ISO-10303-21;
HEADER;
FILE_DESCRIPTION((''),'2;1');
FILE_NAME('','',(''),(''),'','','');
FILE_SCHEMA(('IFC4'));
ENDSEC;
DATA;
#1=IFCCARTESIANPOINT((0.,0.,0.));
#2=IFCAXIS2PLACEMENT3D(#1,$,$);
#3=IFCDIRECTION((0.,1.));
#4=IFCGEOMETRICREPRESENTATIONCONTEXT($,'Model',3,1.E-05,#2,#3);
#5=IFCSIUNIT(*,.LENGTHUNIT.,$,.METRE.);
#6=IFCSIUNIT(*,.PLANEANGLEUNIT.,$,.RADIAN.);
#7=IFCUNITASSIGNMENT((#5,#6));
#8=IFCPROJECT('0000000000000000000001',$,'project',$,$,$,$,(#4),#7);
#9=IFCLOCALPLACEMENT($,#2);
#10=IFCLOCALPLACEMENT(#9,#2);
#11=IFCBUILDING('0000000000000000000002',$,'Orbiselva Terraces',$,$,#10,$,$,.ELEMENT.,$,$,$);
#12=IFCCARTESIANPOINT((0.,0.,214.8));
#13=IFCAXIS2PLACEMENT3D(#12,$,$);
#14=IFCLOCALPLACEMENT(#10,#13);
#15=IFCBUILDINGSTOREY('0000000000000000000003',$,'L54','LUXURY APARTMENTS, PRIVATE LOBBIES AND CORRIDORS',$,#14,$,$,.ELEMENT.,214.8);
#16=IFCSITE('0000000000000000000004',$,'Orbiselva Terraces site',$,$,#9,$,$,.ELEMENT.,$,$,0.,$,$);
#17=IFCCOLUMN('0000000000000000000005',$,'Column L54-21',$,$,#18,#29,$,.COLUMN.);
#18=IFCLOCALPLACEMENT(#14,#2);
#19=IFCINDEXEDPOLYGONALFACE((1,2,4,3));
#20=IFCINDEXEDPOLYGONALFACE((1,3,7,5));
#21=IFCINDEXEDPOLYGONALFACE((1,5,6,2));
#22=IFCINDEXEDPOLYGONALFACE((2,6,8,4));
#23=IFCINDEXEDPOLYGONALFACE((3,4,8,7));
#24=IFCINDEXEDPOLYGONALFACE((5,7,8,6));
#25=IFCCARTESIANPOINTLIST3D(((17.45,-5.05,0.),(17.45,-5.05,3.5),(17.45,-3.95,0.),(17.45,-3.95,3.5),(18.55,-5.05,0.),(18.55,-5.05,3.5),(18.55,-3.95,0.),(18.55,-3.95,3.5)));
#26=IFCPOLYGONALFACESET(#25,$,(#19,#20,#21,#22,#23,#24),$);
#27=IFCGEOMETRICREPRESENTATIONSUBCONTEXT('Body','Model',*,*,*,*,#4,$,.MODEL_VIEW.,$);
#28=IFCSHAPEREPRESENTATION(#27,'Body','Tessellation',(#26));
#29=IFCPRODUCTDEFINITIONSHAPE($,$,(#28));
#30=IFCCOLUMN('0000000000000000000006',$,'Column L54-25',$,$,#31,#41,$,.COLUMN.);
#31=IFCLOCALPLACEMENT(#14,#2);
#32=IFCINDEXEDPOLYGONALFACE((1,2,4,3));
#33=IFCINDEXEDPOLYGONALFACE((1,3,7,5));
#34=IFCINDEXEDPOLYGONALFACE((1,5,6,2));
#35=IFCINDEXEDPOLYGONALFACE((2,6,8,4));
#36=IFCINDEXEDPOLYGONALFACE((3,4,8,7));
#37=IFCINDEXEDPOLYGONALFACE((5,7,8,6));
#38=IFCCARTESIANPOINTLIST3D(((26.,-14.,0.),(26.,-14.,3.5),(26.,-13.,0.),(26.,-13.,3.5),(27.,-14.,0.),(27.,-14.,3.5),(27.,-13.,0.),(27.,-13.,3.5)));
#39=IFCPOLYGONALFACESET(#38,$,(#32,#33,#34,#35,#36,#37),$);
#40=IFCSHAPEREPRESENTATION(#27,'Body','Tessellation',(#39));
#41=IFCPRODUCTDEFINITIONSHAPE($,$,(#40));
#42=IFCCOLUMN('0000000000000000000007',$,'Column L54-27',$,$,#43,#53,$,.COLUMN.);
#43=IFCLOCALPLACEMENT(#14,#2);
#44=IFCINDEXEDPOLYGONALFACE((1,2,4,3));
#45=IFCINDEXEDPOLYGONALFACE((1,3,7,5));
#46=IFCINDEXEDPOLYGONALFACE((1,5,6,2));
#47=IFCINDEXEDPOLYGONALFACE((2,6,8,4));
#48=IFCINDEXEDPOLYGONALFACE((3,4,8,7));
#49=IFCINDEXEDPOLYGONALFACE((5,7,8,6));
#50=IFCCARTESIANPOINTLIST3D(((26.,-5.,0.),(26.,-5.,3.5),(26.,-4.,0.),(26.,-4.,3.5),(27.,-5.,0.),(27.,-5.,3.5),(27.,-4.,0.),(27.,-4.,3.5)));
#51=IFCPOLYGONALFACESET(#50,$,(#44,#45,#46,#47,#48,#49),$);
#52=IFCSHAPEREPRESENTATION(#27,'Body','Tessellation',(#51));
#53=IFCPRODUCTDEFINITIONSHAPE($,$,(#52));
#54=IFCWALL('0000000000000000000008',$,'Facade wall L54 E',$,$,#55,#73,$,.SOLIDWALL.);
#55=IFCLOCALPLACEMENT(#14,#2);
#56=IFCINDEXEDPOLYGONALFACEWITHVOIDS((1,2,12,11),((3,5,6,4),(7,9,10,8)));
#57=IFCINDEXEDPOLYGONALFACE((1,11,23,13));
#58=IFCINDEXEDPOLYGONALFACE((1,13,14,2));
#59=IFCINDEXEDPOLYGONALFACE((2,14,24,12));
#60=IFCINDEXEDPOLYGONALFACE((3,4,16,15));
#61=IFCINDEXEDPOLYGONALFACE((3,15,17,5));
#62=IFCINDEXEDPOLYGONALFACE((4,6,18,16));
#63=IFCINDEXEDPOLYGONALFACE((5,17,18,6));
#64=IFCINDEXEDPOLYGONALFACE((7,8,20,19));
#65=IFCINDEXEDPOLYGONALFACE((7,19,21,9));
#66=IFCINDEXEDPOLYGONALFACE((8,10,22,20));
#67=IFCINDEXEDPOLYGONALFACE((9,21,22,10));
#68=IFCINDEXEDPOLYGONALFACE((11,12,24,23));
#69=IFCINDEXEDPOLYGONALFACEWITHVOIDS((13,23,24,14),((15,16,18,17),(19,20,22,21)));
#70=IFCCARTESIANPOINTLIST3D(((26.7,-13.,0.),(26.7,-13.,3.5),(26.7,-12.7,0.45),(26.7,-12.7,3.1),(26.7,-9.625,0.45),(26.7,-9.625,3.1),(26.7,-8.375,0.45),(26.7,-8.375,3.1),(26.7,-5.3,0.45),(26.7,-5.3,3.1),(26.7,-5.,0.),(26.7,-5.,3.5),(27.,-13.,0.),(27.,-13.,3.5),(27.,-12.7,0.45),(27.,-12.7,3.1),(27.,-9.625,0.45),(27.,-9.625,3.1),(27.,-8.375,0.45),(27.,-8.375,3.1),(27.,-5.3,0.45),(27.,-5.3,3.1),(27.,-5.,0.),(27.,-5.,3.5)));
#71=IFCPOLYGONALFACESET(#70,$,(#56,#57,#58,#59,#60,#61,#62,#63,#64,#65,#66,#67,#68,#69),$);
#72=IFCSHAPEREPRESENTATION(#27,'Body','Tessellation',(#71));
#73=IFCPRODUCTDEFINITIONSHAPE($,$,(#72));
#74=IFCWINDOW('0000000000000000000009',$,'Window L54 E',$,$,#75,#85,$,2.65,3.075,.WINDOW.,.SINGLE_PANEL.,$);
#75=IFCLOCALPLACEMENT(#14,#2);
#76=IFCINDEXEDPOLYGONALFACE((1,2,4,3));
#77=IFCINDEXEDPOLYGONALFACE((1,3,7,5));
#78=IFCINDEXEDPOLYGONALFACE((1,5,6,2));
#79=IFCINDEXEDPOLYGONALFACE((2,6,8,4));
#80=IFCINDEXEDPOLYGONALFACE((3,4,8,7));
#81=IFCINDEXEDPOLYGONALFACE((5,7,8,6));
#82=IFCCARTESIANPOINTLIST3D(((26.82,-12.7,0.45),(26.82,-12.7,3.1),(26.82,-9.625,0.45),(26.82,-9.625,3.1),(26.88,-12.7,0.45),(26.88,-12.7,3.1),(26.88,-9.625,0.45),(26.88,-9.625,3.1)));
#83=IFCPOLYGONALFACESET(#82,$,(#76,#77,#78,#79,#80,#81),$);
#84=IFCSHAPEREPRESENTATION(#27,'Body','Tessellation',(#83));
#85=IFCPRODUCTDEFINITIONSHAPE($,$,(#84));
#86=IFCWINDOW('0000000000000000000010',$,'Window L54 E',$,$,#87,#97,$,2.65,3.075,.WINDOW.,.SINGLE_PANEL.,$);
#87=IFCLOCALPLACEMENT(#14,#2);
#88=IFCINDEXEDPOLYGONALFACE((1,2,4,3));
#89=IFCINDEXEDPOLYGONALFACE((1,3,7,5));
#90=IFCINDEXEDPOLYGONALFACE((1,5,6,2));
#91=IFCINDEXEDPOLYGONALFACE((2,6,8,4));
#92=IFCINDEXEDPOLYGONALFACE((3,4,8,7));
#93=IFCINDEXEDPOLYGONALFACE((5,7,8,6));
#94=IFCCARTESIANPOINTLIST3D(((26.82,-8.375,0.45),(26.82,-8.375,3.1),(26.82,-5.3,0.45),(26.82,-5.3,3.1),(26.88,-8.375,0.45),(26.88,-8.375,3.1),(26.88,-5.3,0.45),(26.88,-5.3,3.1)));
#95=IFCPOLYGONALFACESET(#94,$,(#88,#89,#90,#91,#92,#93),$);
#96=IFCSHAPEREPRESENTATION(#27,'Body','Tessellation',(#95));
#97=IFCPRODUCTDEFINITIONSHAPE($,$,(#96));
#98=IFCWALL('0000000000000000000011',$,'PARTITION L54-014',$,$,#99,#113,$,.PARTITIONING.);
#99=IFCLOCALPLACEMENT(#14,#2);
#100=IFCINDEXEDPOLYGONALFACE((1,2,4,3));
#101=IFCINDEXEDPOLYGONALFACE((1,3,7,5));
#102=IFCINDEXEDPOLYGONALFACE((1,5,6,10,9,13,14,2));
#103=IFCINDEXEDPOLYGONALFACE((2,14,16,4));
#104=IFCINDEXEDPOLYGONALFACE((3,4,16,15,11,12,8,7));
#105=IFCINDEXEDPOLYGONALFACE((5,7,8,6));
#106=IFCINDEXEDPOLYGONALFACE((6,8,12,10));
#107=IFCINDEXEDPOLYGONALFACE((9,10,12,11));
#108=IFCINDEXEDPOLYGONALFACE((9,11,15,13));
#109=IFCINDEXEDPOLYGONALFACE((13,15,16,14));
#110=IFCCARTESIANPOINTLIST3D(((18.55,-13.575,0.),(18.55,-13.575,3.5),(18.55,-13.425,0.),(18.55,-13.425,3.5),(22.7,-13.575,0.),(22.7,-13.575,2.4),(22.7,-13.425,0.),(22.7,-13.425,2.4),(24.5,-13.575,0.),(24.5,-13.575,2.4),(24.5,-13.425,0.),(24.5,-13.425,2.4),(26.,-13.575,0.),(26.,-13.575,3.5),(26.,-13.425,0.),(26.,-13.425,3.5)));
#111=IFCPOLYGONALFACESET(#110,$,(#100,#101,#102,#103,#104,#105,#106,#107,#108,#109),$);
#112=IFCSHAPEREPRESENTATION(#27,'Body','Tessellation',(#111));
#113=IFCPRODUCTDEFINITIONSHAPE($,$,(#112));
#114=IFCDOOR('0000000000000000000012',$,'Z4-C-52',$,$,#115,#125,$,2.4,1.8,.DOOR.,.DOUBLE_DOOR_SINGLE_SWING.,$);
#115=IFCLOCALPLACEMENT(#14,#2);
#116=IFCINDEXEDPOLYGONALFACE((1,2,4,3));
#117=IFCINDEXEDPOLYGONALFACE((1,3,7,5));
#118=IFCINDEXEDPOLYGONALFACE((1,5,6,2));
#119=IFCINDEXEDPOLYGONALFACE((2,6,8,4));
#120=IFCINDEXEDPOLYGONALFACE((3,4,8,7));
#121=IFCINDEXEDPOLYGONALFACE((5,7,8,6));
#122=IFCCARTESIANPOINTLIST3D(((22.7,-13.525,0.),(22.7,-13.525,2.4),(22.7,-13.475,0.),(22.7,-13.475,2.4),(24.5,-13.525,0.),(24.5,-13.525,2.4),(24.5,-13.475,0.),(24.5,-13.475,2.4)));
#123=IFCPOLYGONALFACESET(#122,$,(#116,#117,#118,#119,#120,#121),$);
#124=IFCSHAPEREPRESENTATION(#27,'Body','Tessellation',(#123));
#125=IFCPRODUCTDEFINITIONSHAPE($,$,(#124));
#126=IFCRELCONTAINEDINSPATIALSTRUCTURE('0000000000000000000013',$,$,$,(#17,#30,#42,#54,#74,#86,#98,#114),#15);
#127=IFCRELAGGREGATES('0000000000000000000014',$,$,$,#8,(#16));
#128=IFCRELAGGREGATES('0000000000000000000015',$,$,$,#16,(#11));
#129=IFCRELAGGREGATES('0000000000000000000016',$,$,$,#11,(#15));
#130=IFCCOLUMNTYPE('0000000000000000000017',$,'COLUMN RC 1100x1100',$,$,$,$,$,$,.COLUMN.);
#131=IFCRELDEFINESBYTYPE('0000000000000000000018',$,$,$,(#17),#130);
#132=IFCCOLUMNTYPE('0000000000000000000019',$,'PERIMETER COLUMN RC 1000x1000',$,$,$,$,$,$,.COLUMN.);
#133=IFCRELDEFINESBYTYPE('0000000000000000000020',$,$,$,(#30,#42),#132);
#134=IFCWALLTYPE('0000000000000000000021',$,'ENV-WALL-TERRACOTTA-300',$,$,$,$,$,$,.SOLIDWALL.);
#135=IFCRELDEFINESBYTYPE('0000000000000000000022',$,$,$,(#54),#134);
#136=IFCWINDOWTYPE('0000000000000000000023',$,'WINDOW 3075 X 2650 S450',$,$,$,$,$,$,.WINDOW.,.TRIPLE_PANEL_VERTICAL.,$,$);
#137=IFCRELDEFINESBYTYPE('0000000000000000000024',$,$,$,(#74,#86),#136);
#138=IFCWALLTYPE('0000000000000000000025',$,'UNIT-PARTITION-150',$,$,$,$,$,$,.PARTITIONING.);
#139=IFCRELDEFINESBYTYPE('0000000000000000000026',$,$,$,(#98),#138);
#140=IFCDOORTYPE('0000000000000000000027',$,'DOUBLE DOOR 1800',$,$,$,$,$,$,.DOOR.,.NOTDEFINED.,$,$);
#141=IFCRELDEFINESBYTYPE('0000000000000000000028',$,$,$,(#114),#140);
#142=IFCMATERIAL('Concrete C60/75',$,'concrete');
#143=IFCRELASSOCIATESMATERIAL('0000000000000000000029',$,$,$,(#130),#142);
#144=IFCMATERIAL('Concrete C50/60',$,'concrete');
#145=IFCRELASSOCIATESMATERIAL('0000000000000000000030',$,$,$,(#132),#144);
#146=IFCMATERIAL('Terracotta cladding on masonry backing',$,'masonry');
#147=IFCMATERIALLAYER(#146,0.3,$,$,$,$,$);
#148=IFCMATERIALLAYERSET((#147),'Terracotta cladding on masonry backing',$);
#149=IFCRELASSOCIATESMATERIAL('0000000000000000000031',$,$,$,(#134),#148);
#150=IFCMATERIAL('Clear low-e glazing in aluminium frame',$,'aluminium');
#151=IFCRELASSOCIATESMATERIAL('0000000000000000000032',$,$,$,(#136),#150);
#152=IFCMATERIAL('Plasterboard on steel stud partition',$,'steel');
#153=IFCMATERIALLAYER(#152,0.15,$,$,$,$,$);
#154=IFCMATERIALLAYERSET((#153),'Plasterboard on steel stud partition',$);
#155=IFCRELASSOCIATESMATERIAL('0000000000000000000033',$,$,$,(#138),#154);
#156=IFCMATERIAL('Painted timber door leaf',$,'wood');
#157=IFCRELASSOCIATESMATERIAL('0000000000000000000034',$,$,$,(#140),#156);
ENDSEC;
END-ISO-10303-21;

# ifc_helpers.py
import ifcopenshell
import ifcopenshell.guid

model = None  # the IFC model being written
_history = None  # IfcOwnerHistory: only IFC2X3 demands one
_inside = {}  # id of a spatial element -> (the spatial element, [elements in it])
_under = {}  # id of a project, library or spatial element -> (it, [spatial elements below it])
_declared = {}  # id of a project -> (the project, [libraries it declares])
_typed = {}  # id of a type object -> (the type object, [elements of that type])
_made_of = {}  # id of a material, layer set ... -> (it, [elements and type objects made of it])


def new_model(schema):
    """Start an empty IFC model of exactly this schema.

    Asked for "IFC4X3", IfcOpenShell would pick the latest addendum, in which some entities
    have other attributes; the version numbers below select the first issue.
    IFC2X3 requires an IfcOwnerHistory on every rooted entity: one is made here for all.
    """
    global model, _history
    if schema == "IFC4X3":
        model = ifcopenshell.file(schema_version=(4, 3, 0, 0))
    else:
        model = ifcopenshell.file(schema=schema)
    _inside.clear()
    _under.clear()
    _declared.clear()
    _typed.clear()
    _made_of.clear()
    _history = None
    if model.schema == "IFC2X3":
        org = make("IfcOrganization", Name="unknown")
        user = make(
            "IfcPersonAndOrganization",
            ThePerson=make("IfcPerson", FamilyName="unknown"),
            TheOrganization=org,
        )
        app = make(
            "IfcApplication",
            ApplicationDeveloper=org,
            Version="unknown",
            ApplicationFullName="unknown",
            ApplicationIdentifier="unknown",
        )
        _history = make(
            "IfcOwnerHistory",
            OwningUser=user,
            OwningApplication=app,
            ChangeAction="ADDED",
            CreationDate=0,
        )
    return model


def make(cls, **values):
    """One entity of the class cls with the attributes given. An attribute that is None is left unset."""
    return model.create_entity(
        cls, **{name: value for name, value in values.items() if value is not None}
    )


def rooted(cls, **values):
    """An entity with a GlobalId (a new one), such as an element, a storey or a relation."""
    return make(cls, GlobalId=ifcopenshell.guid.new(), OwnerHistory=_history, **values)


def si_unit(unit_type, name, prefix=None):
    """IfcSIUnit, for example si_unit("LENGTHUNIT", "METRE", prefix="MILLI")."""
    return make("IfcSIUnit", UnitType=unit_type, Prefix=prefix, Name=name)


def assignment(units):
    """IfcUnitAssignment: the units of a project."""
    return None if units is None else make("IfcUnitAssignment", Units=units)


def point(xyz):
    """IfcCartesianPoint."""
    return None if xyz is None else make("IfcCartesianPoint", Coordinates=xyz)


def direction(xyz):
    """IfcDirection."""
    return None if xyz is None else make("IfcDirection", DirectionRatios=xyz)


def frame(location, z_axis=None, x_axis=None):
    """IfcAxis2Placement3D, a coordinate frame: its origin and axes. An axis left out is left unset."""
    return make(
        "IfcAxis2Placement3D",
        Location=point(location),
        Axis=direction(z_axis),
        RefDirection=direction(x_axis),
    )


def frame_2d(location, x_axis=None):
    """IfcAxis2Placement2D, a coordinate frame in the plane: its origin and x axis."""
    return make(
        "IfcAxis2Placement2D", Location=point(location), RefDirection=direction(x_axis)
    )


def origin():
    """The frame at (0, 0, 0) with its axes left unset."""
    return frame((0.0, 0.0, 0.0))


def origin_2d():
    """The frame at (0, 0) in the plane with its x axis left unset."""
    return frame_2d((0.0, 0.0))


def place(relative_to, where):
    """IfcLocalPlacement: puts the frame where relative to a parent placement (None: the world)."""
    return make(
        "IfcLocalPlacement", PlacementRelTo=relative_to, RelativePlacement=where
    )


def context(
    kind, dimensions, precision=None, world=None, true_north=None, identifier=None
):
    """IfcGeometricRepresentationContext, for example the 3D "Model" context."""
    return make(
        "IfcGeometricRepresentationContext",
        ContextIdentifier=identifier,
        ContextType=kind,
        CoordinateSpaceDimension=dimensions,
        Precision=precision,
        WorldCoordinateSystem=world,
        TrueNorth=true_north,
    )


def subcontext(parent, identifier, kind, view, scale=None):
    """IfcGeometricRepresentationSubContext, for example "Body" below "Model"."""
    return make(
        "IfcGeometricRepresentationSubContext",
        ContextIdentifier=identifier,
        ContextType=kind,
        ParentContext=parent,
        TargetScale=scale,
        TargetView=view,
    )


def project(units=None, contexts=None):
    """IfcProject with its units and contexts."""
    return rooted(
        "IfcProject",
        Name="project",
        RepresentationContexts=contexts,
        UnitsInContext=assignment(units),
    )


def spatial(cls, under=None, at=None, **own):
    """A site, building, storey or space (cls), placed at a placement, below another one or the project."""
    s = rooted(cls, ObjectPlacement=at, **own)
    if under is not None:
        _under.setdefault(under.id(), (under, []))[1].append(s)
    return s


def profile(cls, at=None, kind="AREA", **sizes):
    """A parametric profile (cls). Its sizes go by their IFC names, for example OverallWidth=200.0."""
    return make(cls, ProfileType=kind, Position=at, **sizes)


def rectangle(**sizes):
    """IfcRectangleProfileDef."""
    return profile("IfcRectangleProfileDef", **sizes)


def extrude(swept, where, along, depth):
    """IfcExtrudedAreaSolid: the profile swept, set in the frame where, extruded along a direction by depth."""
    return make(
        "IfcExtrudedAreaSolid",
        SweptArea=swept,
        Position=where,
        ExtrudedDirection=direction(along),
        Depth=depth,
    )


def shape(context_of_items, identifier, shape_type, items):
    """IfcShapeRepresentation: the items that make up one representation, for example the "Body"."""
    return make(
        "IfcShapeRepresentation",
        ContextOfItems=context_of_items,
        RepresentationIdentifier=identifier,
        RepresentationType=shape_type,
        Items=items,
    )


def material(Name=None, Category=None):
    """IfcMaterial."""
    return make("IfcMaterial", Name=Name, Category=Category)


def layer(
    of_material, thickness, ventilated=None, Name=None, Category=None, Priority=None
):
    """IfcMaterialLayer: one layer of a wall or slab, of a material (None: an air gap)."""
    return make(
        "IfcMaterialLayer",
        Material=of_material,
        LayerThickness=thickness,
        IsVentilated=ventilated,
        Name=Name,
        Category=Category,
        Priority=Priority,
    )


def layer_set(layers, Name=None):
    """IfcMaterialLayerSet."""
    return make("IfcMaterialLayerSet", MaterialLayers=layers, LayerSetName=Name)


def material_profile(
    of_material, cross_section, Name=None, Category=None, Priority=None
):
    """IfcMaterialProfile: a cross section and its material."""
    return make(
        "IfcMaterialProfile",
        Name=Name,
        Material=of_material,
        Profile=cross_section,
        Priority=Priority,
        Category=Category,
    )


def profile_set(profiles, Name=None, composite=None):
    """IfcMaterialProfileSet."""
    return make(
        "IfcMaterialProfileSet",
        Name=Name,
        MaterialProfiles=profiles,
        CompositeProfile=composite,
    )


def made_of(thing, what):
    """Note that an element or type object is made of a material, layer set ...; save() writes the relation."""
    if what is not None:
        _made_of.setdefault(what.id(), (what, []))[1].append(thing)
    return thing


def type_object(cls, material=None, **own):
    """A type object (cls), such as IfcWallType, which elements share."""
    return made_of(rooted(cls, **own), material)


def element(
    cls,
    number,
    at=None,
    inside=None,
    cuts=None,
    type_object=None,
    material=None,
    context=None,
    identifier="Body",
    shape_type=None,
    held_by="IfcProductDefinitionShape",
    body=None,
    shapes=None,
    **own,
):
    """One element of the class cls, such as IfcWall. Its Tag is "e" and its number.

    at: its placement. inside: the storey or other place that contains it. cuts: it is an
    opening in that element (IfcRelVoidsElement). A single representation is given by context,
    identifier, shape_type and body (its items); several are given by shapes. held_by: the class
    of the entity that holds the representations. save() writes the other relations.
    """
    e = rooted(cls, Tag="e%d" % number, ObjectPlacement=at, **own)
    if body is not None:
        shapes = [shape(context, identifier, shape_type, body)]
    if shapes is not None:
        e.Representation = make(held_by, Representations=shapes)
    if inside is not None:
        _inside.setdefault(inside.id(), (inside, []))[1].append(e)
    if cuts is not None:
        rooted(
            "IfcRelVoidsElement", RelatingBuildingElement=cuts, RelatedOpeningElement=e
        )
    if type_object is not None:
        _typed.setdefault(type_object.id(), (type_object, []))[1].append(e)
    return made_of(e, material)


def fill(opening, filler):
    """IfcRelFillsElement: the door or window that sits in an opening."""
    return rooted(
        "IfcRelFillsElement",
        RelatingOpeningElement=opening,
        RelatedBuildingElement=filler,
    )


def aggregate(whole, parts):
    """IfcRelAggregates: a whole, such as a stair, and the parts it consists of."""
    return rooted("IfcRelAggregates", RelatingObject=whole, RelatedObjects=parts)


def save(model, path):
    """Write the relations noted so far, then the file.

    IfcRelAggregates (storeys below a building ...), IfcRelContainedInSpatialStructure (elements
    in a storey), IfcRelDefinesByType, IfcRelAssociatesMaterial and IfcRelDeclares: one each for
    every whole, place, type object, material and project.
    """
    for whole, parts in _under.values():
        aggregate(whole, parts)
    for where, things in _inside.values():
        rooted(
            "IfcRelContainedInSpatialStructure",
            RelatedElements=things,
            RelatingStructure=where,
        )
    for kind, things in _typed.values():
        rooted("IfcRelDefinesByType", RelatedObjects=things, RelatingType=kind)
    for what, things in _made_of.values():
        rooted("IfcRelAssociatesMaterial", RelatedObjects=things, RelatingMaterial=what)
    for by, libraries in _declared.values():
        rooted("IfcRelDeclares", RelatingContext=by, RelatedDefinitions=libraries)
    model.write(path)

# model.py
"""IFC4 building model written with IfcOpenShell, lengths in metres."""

from ifc_helpers import new_model, si_unit, direction, frame, frame_2d, origin, origin_2d, place, context, subcontext, project, spatial, rectangle, extrude, material, layer, layer_set, material_profile, profile_set, type_object, element, fill, save


model = new_model("IFC4")

# Units and contexts
model_context = context("Model", 3, precision=1e-05, world=origin(), true_north=direction((0.0, 1.0)))
body_context = subcontext(model_context, "Body", "Model", "MODEL_VIEW")
ifc_project = project(units=[si_unit("LENGTHUNIT", "METRE"), si_unit("PLANEANGLEUNIT", "RADIAN")], contexts=[model_context])

# Site, building, storey
site_placement = place(None, origin())
site = spatial("IfcSite", under=ifc_project, at=site_placement, Name="Orbiselva Terraces site", CompositionType="ELEMENT", RefElevation=0.0)
building_placement = place(site_placement, origin())
building = spatial("IfcBuilding", under=site, at=building_placement, Name="Orbiselva Terraces", CompositionType="ELEMENT")
storey_placement = place(building_placement, frame((0.0, 0.0, 214.8)))
storey = spatial("IfcBuildingStorey", under=building, at=storey_placement, Name="L54", Description="LUXURY APARTMENTS, PRIVATE LOBBIES AND CORRIDORS", CompositionType="ELEMENT", Elevation=214.8)

# Columns
ifc_material_1 = material(Name="Concrete C60/75", Category="concrete")
ifc_material_profile_1 = material_profile(ifc_material_1, rectangle(XDim=1.1, YDim=1.1, at=origin_2d()), Name="RC 1100x1100")
ifc_profile_set_1 = profile_set([ifc_material_profile_1], Name="Concrete C60/75")
column_type_1 = type_object("IfcColumnType", Name="COLUMN RC 1100x1100", PredefinedType="COLUMN", material=ifc_profile_set_1)
column_placement = place(storey_placement, frame((18.0, -4.5, 0.0), z_axis=(0.0, 0.0, 1.0), x_axis=(1.0, 0.0, 0.0)))
element("IfcColumn", 1, at=column_placement, inside=storey, type_object=column_type_1, Name="Column L54-21", PredefinedType="COLUMN", context=body_context, shape_type="SweptSolid", body=[
    extrude(rectangle(XDim=1.1, YDim=1.1, at=origin_2d()), origin(), (0.0, 0.0, 1.0), 3.5),
])
ifc_material_2 = material(Name="Concrete C50/60", Category="concrete")
ifc_material_profile_2 = material_profile(ifc_material_2, rectangle(XDim=1.0, YDim=1.0, at=origin_2d()), Name="RC 1000x1000")
ifc_profile_set_2 = profile_set([ifc_material_profile_2], Name="Concrete C50/60")
column_type_2 = type_object("IfcColumnType", Name="PERIMETER COLUMN RC 1000x1000", PredefinedType="COLUMN", material=ifc_profile_set_2)
for number, where, z_axis, x_axis, name in (
    (2, (26.5, -13.5, 0.0), (0.0, 0.0, 1.0), (1.0, 0.0, 0.0), "Column L54-25"),
    (3, (26.5, -4.5, 0.0), (0.0, 0.0, 1.0), (1.0, 0.0, 0.0), "Column L54-27"),
):
    element("IfcColumn", number, at=place(storey_placement, frame(where, z_axis=z_axis, x_axis=x_axis)), inside=storey, type_object=column_type_2, Name=name, PredefinedType="COLUMN", context=body_context, shape_type="SweptSolid", body=[
        extrude(rectangle(XDim=1.0, YDim=1.0, at=origin_2d()), origin(), (0.0, 0.0, 1.0), 3.5),
    ])

# Wall, openings, windows
ifc_material_3 = material(Name="Terracotta cladding on masonry backing", Category="masonry")
ifc_layer_1 = layer(ifc_material_3, 0.3)
ifc_layer_set_1 = layer_set([ifc_layer_1], Name="Terracotta cladding on masonry backing")
wall_type_1 = type_object("IfcWallType", Name="ENV-WALL-TERRACOTTA-300", PredefinedType="SOLIDWALL", material=ifc_layer_set_1)
wall_1_placement = place(storey_placement, frame((26.85, -5.0, 0.0), z_axis=(0.0, 0.0, 1.0), x_axis=(0.0, -1.0, 0.0)))
wall_1 = element("IfcWall", 4, at=wall_1_placement, inside=storey, type_object=wall_type_1, Name="Facade wall L54 E", PredefinedType="SOLIDWALL", context=body_context, shape_type="SweptSolid", body=[
    extrude(rectangle(XDim=8.0, YDim=0.3, at=frame_2d((4.0, 0.0))), origin(), (0.0, 0.0, 1.0), 3.5),
])
opening_1_placement = place(wall_1_placement, frame((4.625, 0.0, 0.45)))
opening_1 = element("IfcOpeningElement", 5, at=opening_1_placement, cuts=wall_1, PredefinedType="OPENING", context=body_context, shape_type="SweptSolid", body=[
    extrude(rectangle(XDim=3.075, YDim=2.65, at=frame_2d((1.5375, 1.325))), frame((0.0, 0.16, 0.0), z_axis=(0.0, -1.0, 0.0), x_axis=(1.0, 0.0, 0.0)), (0.0, 0.0, 1.0), 0.32),
])
opening_2_placement = place(wall_1_placement, frame((0.3, 0.0, 0.45)))
opening_2 = element("IfcOpeningElement", 6, at=opening_2_placement, cuts=wall_1, PredefinedType="OPENING", context=body_context, shape_type="SweptSolid", body=[
    extrude(rectangle(XDim=3.075, YDim=2.65, at=frame_2d((1.5375, 1.325))), frame((0.0, 0.16, 0.0), z_axis=(0.0, -1.0, 0.0), x_axis=(1.0, 0.0, 0.0)), (0.0, 0.0, 1.0), 0.32),
])
ifc_material_4 = material(Name="Clear low-e glazing in aluminium frame", Category="aluminium")
window_type = type_object("IfcWindowType", Name="WINDOW 3075 X 2650 S450", PartitioningType="TRIPLE_PANEL_VERTICAL", PredefinedType="WINDOW", material=ifc_material_4)
window_1_placement = place(opening_1_placement, origin())
window_1 = element("IfcWindow", 7, at=window_1_placement, inside=storey, type_object=window_type, Name="Window L54 E", OverallHeight=2.65, OverallWidth=3.075, PartitioningType="SINGLE_PANEL", PredefinedType="WINDOW", context=body_context, shape_type="SweptSolid", body=[
    extrude(rectangle(XDim=3.075, YDim=2.65, at=frame_2d((1.5375, 1.325))), frame((0.0, 0.03, 0.0), z_axis=(0.0, -1.0, 0.0), x_axis=(1.0, 0.0, 0.0)), (0.0, 0.0, 1.0), 0.06),
])
fill(opening_1, window_1)
window_2_placement = place(opening_2_placement, origin())
window_2 = element("IfcWindow", 8, at=window_2_placement, inside=storey, type_object=window_type, Name="Window L54 E", OverallHeight=2.65, OverallWidth=3.075, PartitioningType="SINGLE_PANEL", PredefinedType="WINDOW", context=body_context, shape_type="SweptSolid", body=[
    extrude(rectangle(XDim=3.075, YDim=2.65, at=frame_2d((1.5375, 1.325))), frame((0.0, 0.03, 0.0), z_axis=(0.0, -1.0, 0.0), x_axis=(1.0, 0.0, 0.0)), (0.0, 0.0, 1.0), 0.06),
])
fill(opening_2, window_2)

# Wall, opening, door
ifc_material_5 = material(Name="Plasterboard on steel stud partition", Category="steel")
ifc_layer_2 = layer(ifc_material_5, 0.15)
ifc_layer_set_2 = layer_set([ifc_layer_2], Name="Plasterboard on steel stud partition")
wall_type_2 = type_object("IfcWallType", Name="UNIT-PARTITION-150", PredefinedType="PARTITIONING", material=ifc_layer_set_2)
wall_2_placement = place(storey_placement, frame((26.0, -13.5, 0.0), z_axis=(0.0, 0.0, 1.0), x_axis=(-1.0, 0.0, 0.0)))
wall_2 = element("IfcWall", 9, at=wall_2_placement, inside=storey, type_object=wall_type_2, Name="PARTITION L54-014", PredefinedType="PARTITIONING", context=body_context, shape_type="SweptSolid", body=[
    extrude(rectangle(XDim=7.45, YDim=0.15, at=frame_2d((3.725, 0.0))), origin(), (0.0, 0.0, 1.0), 3.5),
])
opening_3_placement = place(wall_2_placement, frame((1.5, 0.0, 0.0)))
opening_3 = element("IfcOpeningElement", 10, at=opening_3_placement, cuts=wall_2, PredefinedType="OPENING", context=body_context, shape_type="SweptSolid", body=[
    extrude(rectangle(XDim=1.8, YDim=2.4, at=frame_2d((0.9, 1.2))), frame((0.0, 0.085, 0.0), z_axis=(0.0, -1.0, 0.0), x_axis=(1.0, 0.0, 0.0)), (0.0, 0.0, 1.0), 0.17),
])
ifc_material_6 = material(Name="Painted timber door leaf", Category="wood")
door_type_1 = type_object("IfcDoorType", Name="DOUBLE DOOR 1800", OperationType="NOTDEFINED", PredefinedType="DOOR", material=ifc_material_6)
door_1_placement = place(opening_3_placement, origin())
door_1 = element("IfcDoor", 11, at=door_1_placement, inside=storey, type_object=door_type_1, Name="Z4-C-52", OperationType="DOUBLE_DOOR_SINGLE_SWING", OverallHeight=2.4, OverallWidth=1.8, PredefinedType="DOOR", context=body_context, shape_type="SweptSolid", body=[
    extrude(rectangle(XDim=1.8, YDim=2.4, at=frame_2d((0.9, 1.2))), frame((0.0, 0.025, 0.0), z_axis=(0.0, -1.0, 0.0), x_axis=(1.0, 0.0, 0.0)), (0.0, 0.0, 1.0), 0.05),
])
fill(opening_3, door_1)

save(model, "model.ifc")
